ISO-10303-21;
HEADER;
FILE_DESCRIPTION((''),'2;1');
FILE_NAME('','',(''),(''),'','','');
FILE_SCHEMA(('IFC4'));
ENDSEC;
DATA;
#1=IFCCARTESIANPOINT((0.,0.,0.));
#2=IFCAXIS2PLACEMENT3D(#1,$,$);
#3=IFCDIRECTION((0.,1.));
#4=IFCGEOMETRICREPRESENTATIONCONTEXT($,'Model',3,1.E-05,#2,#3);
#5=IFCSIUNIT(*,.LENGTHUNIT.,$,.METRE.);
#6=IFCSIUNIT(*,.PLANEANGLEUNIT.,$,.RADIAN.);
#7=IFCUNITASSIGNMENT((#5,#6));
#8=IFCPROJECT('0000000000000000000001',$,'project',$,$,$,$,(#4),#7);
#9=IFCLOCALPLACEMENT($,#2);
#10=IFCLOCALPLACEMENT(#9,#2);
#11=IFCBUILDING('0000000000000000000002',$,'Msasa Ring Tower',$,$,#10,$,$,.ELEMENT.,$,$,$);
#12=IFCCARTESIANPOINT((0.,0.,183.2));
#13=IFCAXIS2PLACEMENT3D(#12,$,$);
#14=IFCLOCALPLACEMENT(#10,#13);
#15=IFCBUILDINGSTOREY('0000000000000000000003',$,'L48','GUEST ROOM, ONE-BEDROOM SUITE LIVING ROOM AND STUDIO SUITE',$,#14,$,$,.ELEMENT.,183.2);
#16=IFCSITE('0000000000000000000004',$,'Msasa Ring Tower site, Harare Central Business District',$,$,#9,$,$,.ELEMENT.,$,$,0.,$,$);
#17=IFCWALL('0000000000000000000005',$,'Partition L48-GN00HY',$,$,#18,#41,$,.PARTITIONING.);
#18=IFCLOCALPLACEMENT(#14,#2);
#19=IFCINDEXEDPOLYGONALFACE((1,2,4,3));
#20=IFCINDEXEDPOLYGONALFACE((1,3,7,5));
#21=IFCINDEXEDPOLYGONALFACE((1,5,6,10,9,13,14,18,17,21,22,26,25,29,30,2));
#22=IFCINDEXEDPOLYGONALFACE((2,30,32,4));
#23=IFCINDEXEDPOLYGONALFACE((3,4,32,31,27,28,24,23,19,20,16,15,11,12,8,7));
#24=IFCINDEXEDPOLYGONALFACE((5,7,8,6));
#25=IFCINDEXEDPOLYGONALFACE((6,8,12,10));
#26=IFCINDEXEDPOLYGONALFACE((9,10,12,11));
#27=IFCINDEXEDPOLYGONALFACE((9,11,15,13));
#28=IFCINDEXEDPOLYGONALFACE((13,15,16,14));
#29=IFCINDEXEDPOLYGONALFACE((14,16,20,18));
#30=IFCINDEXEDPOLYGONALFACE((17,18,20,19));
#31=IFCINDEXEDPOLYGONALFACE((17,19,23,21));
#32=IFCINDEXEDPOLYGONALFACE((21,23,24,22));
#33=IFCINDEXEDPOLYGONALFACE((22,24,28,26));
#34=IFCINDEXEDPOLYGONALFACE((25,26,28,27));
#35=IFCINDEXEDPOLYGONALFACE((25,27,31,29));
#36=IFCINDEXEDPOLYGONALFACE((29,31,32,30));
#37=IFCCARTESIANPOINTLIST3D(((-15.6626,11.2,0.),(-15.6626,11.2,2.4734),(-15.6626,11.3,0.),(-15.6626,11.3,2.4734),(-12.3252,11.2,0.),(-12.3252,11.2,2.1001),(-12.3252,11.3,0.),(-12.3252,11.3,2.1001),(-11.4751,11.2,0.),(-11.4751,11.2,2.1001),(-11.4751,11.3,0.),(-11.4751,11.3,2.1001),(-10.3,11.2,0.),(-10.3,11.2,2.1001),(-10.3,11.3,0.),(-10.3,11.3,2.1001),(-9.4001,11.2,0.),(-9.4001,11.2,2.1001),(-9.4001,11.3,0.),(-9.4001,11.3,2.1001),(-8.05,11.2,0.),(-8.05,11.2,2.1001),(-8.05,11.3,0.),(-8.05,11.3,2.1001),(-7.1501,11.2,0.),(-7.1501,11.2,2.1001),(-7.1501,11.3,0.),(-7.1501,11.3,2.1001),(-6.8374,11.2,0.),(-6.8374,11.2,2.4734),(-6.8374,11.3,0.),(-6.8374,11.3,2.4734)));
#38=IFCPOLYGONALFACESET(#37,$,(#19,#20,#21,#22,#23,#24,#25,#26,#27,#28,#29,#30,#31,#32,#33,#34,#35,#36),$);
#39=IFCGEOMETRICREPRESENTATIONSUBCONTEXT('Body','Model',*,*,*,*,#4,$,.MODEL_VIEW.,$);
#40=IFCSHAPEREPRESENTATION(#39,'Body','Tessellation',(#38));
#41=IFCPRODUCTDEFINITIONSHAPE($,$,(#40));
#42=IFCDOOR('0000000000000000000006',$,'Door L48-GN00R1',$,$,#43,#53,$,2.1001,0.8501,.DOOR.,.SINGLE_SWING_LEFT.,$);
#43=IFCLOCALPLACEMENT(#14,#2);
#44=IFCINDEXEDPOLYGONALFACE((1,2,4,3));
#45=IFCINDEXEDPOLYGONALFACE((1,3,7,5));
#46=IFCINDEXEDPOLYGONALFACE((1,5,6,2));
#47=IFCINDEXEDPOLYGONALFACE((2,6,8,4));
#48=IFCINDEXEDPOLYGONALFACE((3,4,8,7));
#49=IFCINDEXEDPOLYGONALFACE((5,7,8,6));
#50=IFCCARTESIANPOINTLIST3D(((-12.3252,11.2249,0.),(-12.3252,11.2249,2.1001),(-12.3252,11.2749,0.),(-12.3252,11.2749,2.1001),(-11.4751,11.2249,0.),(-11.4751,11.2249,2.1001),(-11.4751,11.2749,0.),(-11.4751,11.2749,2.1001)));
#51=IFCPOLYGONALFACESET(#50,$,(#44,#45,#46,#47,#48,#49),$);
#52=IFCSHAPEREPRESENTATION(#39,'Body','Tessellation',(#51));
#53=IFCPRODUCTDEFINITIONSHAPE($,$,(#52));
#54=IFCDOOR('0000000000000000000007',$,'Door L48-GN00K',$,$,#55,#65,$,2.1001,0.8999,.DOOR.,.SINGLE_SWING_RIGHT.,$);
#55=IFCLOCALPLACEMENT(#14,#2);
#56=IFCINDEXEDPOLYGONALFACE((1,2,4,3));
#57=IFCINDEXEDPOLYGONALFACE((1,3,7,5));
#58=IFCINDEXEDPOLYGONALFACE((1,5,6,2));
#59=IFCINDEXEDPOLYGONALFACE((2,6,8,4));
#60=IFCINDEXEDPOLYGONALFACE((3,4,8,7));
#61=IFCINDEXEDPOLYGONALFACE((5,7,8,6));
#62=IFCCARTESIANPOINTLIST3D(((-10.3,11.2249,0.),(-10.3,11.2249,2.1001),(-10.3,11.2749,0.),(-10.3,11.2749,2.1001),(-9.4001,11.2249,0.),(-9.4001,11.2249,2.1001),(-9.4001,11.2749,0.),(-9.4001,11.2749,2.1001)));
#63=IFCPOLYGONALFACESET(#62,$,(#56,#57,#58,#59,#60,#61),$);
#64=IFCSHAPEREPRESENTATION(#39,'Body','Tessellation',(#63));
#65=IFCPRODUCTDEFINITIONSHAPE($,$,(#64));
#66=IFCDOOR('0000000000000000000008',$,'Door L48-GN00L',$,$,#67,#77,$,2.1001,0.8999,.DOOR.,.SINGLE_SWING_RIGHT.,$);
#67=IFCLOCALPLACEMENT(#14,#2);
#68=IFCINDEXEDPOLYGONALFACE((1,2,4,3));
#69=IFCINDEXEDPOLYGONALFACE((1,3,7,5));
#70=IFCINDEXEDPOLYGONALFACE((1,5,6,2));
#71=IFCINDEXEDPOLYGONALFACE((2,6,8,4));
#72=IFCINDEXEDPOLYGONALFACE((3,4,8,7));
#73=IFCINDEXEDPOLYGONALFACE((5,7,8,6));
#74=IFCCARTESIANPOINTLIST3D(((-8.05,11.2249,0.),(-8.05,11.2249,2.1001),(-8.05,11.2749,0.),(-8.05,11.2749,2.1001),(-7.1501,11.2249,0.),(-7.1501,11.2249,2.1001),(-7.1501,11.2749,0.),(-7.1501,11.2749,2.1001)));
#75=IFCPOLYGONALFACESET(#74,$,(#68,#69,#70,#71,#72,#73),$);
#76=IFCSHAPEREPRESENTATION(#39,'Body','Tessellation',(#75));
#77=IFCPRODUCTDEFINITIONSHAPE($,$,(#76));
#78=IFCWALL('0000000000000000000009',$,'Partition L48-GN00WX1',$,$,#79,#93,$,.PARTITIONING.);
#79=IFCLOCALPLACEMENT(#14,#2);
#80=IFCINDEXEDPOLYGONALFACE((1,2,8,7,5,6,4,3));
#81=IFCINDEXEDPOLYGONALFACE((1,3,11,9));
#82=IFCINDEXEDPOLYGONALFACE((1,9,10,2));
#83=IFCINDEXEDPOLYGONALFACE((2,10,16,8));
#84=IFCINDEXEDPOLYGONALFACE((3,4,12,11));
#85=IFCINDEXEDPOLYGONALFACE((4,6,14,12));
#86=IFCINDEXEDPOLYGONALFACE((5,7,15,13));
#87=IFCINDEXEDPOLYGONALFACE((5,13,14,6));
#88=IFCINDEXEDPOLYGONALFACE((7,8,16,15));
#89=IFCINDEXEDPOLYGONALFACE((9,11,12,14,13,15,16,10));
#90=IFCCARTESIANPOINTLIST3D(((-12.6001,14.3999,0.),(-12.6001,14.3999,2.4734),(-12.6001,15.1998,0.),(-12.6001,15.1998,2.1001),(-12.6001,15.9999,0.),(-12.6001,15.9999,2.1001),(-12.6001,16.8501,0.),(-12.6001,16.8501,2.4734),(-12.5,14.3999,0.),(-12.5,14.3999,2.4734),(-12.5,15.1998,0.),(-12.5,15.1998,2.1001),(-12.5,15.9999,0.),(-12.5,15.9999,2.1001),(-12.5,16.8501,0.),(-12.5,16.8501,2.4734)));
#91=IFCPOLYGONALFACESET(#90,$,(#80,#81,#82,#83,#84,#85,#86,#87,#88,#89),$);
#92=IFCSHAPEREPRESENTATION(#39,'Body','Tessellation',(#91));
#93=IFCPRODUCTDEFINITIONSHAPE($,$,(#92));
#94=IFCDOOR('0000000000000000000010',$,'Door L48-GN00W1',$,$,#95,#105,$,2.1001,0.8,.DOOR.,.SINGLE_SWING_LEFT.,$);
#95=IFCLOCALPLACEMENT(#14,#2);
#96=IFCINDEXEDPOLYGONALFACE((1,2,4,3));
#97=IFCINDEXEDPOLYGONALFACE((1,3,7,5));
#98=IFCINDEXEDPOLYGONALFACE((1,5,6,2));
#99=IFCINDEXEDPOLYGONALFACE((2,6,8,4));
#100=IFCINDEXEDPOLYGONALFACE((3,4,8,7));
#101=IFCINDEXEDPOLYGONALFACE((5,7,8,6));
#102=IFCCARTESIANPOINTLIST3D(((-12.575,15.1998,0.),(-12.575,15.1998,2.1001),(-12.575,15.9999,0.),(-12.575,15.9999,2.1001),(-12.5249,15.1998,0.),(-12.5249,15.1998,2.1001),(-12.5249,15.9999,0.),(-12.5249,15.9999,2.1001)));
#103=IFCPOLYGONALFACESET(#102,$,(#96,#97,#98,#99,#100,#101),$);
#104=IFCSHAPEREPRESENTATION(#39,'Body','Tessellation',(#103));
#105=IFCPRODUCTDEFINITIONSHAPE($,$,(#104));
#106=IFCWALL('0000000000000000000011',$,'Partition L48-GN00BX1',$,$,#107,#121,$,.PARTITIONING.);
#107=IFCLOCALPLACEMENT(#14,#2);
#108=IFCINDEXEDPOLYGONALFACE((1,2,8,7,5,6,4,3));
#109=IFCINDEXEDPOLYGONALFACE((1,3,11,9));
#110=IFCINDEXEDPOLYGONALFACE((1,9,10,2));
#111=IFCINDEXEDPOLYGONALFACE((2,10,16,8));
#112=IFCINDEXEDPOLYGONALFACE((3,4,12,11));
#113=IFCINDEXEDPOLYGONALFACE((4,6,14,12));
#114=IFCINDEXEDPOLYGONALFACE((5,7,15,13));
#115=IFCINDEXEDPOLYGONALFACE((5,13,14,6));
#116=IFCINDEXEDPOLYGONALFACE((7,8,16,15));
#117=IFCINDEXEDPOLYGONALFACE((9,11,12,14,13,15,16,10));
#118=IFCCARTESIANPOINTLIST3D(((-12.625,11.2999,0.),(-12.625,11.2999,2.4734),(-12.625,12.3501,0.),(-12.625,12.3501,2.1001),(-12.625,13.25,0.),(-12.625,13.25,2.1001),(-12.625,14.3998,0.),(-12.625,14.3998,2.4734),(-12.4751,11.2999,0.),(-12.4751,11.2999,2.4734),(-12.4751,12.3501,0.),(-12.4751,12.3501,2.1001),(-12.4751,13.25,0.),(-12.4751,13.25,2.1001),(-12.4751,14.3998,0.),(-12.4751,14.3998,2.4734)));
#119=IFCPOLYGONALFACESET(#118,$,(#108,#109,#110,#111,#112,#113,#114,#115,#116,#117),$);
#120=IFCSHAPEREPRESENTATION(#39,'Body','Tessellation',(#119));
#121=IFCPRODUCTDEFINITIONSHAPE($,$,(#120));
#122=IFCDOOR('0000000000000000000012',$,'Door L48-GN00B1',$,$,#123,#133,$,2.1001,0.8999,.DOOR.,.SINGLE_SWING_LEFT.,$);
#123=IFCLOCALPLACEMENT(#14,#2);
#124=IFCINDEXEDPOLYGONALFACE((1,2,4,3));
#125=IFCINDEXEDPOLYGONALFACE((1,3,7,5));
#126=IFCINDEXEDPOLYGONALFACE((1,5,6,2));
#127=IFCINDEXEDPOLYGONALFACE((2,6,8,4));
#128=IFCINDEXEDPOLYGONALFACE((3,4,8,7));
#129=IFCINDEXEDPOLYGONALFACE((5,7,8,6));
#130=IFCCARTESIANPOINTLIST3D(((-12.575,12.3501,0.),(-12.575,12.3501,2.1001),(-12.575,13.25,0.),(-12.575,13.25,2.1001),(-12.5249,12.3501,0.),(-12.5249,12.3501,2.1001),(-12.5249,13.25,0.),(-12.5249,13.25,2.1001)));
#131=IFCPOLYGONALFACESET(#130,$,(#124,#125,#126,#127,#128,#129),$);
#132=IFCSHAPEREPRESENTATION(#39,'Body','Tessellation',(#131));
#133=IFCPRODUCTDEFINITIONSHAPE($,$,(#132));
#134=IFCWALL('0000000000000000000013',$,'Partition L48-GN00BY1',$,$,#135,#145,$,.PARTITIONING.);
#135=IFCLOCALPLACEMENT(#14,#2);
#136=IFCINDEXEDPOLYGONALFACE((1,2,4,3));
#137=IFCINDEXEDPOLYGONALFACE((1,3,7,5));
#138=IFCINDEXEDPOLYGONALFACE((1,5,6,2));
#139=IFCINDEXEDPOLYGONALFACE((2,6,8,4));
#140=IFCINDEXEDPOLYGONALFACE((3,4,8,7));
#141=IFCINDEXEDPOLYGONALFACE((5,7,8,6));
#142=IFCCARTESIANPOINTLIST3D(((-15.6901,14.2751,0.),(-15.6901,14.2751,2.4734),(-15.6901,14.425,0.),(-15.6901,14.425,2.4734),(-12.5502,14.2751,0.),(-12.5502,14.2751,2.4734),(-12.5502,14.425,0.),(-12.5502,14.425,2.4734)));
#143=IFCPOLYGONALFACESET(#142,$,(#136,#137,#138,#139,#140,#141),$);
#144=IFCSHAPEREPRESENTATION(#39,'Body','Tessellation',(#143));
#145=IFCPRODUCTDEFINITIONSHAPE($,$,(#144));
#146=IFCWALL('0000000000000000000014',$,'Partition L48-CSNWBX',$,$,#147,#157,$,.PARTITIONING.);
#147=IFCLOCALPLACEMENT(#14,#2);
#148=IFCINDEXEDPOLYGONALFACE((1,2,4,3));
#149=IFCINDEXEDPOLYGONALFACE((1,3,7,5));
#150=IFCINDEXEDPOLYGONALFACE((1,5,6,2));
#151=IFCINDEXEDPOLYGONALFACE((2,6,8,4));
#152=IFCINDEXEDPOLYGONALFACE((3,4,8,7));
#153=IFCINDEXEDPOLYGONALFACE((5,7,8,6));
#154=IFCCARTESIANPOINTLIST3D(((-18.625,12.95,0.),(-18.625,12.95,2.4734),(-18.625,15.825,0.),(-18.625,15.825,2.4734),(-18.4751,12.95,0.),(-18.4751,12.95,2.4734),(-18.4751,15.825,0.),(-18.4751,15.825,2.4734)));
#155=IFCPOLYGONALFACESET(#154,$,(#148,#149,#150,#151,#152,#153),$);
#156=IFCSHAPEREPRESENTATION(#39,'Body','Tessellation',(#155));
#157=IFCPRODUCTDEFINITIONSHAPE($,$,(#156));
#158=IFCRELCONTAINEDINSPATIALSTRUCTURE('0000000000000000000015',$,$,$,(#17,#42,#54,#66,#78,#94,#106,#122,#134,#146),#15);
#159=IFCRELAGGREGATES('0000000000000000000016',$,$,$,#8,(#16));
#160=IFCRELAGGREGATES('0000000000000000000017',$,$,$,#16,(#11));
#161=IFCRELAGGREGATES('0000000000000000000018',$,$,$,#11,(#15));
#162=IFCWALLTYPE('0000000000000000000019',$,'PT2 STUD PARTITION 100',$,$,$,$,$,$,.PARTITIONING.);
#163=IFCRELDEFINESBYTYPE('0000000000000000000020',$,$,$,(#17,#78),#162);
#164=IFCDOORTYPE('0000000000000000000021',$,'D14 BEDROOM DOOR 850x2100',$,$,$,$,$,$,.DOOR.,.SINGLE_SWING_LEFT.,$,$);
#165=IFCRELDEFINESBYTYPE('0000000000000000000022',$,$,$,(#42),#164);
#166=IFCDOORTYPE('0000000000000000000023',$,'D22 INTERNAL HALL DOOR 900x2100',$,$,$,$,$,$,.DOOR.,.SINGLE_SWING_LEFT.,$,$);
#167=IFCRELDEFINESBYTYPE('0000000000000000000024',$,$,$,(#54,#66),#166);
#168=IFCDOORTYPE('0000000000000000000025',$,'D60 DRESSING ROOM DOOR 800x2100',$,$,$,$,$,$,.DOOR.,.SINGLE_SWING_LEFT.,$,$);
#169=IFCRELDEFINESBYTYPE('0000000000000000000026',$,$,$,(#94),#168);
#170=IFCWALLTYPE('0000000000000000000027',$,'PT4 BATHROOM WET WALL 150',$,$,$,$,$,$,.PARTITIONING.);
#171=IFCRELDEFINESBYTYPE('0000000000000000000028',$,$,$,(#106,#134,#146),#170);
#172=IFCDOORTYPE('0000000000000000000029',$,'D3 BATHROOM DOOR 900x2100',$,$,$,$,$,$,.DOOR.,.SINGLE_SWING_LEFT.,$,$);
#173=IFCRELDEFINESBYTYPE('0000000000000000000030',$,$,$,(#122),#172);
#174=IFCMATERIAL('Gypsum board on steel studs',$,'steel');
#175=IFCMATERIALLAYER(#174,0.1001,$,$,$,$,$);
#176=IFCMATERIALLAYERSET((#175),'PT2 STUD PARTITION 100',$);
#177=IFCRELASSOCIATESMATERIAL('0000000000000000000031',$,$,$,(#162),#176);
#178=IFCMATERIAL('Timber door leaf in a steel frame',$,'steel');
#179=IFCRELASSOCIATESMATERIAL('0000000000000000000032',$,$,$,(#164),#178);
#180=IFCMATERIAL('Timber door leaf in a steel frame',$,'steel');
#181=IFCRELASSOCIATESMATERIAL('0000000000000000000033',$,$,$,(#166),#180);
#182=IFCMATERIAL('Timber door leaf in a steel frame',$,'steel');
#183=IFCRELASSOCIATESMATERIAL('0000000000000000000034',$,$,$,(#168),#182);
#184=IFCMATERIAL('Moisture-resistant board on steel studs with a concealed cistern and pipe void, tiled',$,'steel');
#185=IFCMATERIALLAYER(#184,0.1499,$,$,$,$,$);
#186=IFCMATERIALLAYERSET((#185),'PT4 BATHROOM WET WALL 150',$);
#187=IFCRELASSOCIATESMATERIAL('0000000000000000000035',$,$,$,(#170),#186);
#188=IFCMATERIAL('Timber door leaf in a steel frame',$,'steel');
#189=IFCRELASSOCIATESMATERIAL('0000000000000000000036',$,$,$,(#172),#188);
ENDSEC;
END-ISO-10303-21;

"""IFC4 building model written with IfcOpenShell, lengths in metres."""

from ifc_helpers import new_model, si_unit, direction, frame, frame_2d, origin, place, context, subcontext, project, spatial, rectangle, extrude, material, layer, layer_set, type_object, element, fill, save


model = new_model("IFC4")

# Units and contexts
model_context = context("Model", 3, precision=1e-05, world=origin(), true_north=direction((0.0, 1.0)))
body_context = subcontext(model_context, "Body", "Model", "MODEL_VIEW")
ifc_project = project(units=[si_unit("LENGTHUNIT", "METRE"), si_unit("PLANEANGLEUNIT", "RADIAN")], contexts=[model_context])

# Site, building, storey
site_placement = place(None, origin())
site = spatial("IfcSite", under=ifc_project, at=site_placement, Name="Msasa Ring Tower site, Harare Central Business District", CompositionType="ELEMENT", RefElevation=0.0)
building_placement = place(site_placement, origin())
building = spatial("IfcBuilding", under=site, at=building_placement, Name="Msasa Ring Tower", CompositionType="ELEMENT")
storey_placement = place(building_placement, frame((0.0, 0.0, 183.2)))
storey = spatial("IfcBuildingStorey", under=building, at=storey_placement, Name="L48", Description="GUEST ROOM, ONE-BEDROOM SUITE LIVING ROOM AND STUDIO SUITE", CompositionType="ELEMENT", Elevation=183.2)

# Wall, openings, doors
ifc_material_1 = material(Name="Gypsum board on steel studs", Category="steel")
ifc_layer_1 = layer(ifc_material_1, 0.1001)
ifc_layer_set_1 = layer_set([ifc_layer_1], Name="PT2 STUD PARTITION 100")
wall_type_1 = type_object("IfcWallType", Name="PT2 STUD PARTITION 100", PredefinedType="PARTITIONING", material=ifc_layer_set_1)
wall_1_placement = place(storey_placement, frame((-15.6626, 11.25, 0.0), z_axis=(0.0, 0.0, 1.0), x_axis=(1.0, 0.0, 0.0)))
wall_1 = element("IfcWall", 1, at=wall_1_placement, inside=storey, type_object=wall_type_1, Name="Partition L48-GN00HY", PredefinedType="PARTITIONING", context=body_context, shape_type="SweptSolid", body=[
    extrude(rectangle(XDim=8.8252, YDim=0.1001, at=frame_2d((4.4126, 0.0))), origin(), (0.0, 0.0, 1.0), 2.4734),
])
opening_1_placement = place(wall_1_placement, frame((5.3625, 0.0, 0.0)))
opening_1 = element("IfcOpeningElement", 2, at=opening_1_placement, cuts=wall_1, PredefinedType="OPENING", context=body_context, shape_type="SweptSolid", body=[
    extrude(rectangle(XDim=0.8999, YDim=2.1001, at=frame_2d((0.45, 1.05))), frame((0.0, 0.0601, 0.0), z_axis=(0.0, -1.0, 0.0), x_axis=(1.0, 0.0, 0.0)), (0.0, 0.0, 1.0), 0.1201),
])
opening_2_placement = place(wall_1_placement, frame((7.6125, 0.0, 0.0)))
opening_2 = element("IfcOpeningElement", 3, at=opening_2_placement, cuts=wall_1, PredefinedType="OPENING", context=body_context, shape_type="SweptSolid", body=[
    extrude(rectangle(XDim=0.8999, YDim=2.1001, at=frame_2d((0.45, 1.05))), frame((0.0, 0.0601, 0.0), z_axis=(0.0, -1.0, 0.0), x_axis=(1.0, 0.0, 0.0)), (0.0, 0.0, 1.0), 0.1201),
])
opening_3_placement = place(wall_1_placement, frame((3.3374, 0.0, 0.0)))
opening_3 = element("IfcOpeningElement", 4, at=opening_3_placement, cuts=wall_1, PredefinedType="OPENING", context=body_context, shape_type="SweptSolid", body=[
    extrude(rectangle(XDim=0.8501, YDim=2.1001, at=frame_2d((0.425, 1.05))), frame((0.0, 0.0601, 0.0), z_axis=(0.0, -1.0, 0.0), x_axis=(1.0, 0.0, 0.0)), (0.0, 0.0, 1.0), 0.1201),
])
ifc_material_2 = material(Name="Timber door leaf in a steel frame", Category="steel")
door_type_1 = type_object("IfcDoorType", Name="D14 BEDROOM DOOR 850x2100", OperationType="SINGLE_SWING_LEFT", PredefinedType="DOOR", material=ifc_material_2)
door_1_placement = place(opening_3_placement, origin())
door_1 = element("IfcDoor", 5, at=door_1_placement, inside=storey, type_object=door_type_1, Name="Door L48-GN00R1", OperationType="SINGLE_SWING_LEFT", OverallHeight=2.1001, OverallWidth=0.8501, PredefinedType="DOOR", context=body_context, shape_type="SweptSolid", body=[
    extrude(rectangle(XDim=0.8501, YDim=2.1001, at=frame_2d((0.425, 1.05))), frame((0.0, 0.0249, 0.0), z_axis=(0.0, -1.0, 0.0), x_axis=(1.0, 0.0, 0.0)), (0.0, 0.0, 1.0), 0.05),
])
fill(opening_3, door_1)
ifc_material_3 = material(Name="Timber door leaf in a steel frame", Category="steel")
door_type_2 = type_object("IfcDoorType", Name="D22 INTERNAL HALL DOOR 900x2100", OperationType="SINGLE_SWING_LEFT", PredefinedType="DOOR", material=ifc_material_3)
door_2_placement = place(opening_1_placement, origin())
door_2 = element("IfcDoor", 6, at=door_2_placement, inside=storey, type_object=door_type_2, Name="Door L48-GN00K", OperationType="SINGLE_SWING_RIGHT", OverallHeight=2.1001, OverallWidth=0.8999, PredefinedType="DOOR", context=body_context, shape_type="SweptSolid", body=[
    extrude(rectangle(XDim=0.8999, YDim=2.1001, at=frame_2d((0.45, 1.05))), frame((0.0, 0.0249, 0.0), z_axis=(0.0, -1.0, 0.0), x_axis=(1.0, 0.0, 0.0)), (0.0, 0.0, 1.0), 0.05),
])
fill(opening_1, door_2)
door_3_placement = place(opening_2_placement, origin())
door_3 = element("IfcDoor", 7, at=door_3_placement, inside=storey, type_object=door_type_2, Name="Door L48-GN00L", OperationType="SINGLE_SWING_RIGHT", OverallHeight=2.1001, OverallWidth=0.8999, PredefinedType="DOOR", context=body_context, shape_type="SweptSolid", body=[
    extrude(rectangle(XDim=0.8999, YDim=2.1001, at=frame_2d((0.45, 1.05))), frame((0.0, 0.0249, 0.0), z_axis=(0.0, -1.0, 0.0), x_axis=(1.0, 0.0, 0.0)), (0.0, 0.0, 1.0), 0.05),
])
fill(opening_2, door_3)

# Walls, openings, doors
wall_2_placement = place(storey_placement, frame((-12.55, 14.3999, 0.0), z_axis=(0.0, 0.0, 1.0), x_axis=(0.0, 1.0, 0.0)))
wall_2 = element("IfcWall", 8, at=wall_2_placement, inside=storey, type_object=wall_type_1, Name="Partition L48-GN00WX1", PredefinedType="PARTITIONING", context=body_context, shape_type="SweptSolid", body=[
    extrude(rectangle(XDim=2.4502, YDim=0.1001, at=frame_2d((1.2251, 0.0))), origin(), (0.0, 0.0, 1.0), 2.4734),
])
opening_4_placement = place(wall_2_placement, frame((0.8, 0.0, 0.0)))
opening_4 = element("IfcOpeningElement", 9, at=opening_4_placement, cuts=wall_2, PredefinedType="OPENING", context=body_context, shape_type="SweptSolid", body=[
    extrude(rectangle(XDim=0.8, YDim=2.1001, at=frame_2d((0.3999, 1.05))), frame((0.0, 0.0601, 0.0), z_axis=(0.0, -1.0, 0.0), x_axis=(1.0, 0.0, 0.0)), (0.0, 0.0, 1.0), 0.1201),
])
ifc_material_4 = material(Name="Timber door leaf in a steel frame", Category="steel")
door_type_3 = type_object("IfcDoorType", Name="D60 DRESSING ROOM DOOR 800x2100", OperationType="SINGLE_SWING_LEFT", PredefinedType="DOOR", material=ifc_material_4)
door_4_placement = place(opening_4_placement, origin())
door_4 = element("IfcDoor", 10, at=door_4_placement, inside=storey, type_object=door_type_3, Name="Door L48-GN00W1", OperationType="SINGLE_SWING_LEFT", OverallHeight=2.1001, OverallWidth=0.8, PredefinedType="DOOR", context=body_context, shape_type="SweptSolid", body=[
    extrude(rectangle(XDim=0.8, YDim=2.1001, at=frame_2d((0.3999, 1.05))), frame((0.0, 0.0249, 0.0), z_axis=(0.0, -1.0, 0.0), x_axis=(1.0, 0.0, 0.0)), (0.0, 0.0, 1.0), 0.05),
])
fill(opening_4, door_4)
ifc_material_5 = material(Name="Moisture-resistant board on steel studs with a concealed cistern and pipe void, tiled", Category="steel")
ifc_layer_2 = layer(ifc_material_5, 0.1499)
ifc_layer_set_2 = layer_set([ifc_layer_2], Name="PT4 BATHROOM WET WALL 150")
wall_type_2 = type_object("IfcWallType", Name="PT4 BATHROOM WET WALL 150", PredefinedType="PARTITIONING", material=ifc_layer_set_2)
wall_3_placement = place(storey_placement, frame((-12.55, 11.3, 0.0), z_axis=(0.0, 0.0, 1.0), x_axis=(0.0, 1.0, 0.0)))
wall_3 = element("IfcWall", 11, at=wall_3_placement, inside=storey, type_object=wall_type_2, Name="Partition L48-GN00BX1", PredefinedType="PARTITIONING", context=body_context, shape_type="SweptSolid", body=[
    extrude(rectangle(XDim=3.0999, YDim=0.1499, at=frame_2d((1.5498, 0.0))), origin(), (0.0, 0.0, 1.0), 2.4734),
])
opening_5_placement = place(wall_3_placement, frame((1.05, 0.0, 0.0)))
opening_5 = element("IfcOpeningElement", 12, at=opening_5_placement, cuts=wall_3, PredefinedType="OPENING", context=body_context, shape_type="SweptSolid", body=[
    extrude(rectangle(XDim=0.8999, YDim=2.1001, at=frame_2d((0.45, 1.05))), frame((0.0, 0.085, 0.0), z_axis=(0.0, -1.0, 0.0), x_axis=(1.0, 0.0, 0.0)), (0.0, 0.0, 1.0), 0.1699),
])
ifc_material_6 = material(Name="Timber door leaf in a steel frame", Category="steel")
door_type_4 = type_object("IfcDoorType", Name="D3 BATHROOM DOOR 900x2100", OperationType="SINGLE_SWING_LEFT", PredefinedType="DOOR", material=ifc_material_6)
door_5_placement = place(opening_5_placement, origin())
door_5 = element("IfcDoor", 13, at=door_5_placement, inside=storey, type_object=door_type_4, Name="Door L48-GN00B1", OperationType="SINGLE_SWING_LEFT", OverallHeight=2.1001, OverallWidth=0.8999, PredefinedType="DOOR", context=body_context, shape_type="SweptSolid", body=[
    extrude(rectangle(XDim=0.8999, YDim=2.1001, at=frame_2d((0.45, 1.05))), frame((0.0, 0.0249, 0.0), z_axis=(0.0, -1.0, 0.0), x_axis=(1.0, 0.0, 0.0)), (0.0, 0.0, 1.0), 0.05),
])
fill(opening_5, door_5)

# Walls
wall_4_placement = place(storey_placement, frame((-15.6899, 14.3501, 0.0), z_axis=(0.0, 0.0, 1.0), x_axis=(1.0, 0.0, 0.0)))
element("IfcWall", 14, at=wall_4_placement, inside=storey, type_object=wall_type_2, Name="Partition L48-GN00BY1", PredefinedType="PARTITIONING", context=body_context, shape_type="SweptSolid", body=[
    extrude(rectangle(XDim=3.1399, YDim=0.1499, at=frame_2d((1.5698, 0.0))), origin(), (0.0, 0.0, 1.0), 2.4734),
])
wall_5_placement = place(storey_placement, frame((-18.55, 12.95, 0.0), z_axis=(0.0, 0.0, 1.0), x_axis=(0.0, 1.0, 0.0)))
element("IfcWall", 15, at=wall_5_placement, inside=storey, type_object=wall_type_2, Name="Partition L48-CSNWBX", PredefinedType="PARTITIONING", context=body_context, shape_type="SweptSolid", body=[
    extrude(rectangle(XDim=2.875, YDim=0.1499, at=frame_2d((1.4375, 0.0))), origin(), (0.0, 0.0, 1.0), 2.4734),
])

save(model, "model.ifc")
